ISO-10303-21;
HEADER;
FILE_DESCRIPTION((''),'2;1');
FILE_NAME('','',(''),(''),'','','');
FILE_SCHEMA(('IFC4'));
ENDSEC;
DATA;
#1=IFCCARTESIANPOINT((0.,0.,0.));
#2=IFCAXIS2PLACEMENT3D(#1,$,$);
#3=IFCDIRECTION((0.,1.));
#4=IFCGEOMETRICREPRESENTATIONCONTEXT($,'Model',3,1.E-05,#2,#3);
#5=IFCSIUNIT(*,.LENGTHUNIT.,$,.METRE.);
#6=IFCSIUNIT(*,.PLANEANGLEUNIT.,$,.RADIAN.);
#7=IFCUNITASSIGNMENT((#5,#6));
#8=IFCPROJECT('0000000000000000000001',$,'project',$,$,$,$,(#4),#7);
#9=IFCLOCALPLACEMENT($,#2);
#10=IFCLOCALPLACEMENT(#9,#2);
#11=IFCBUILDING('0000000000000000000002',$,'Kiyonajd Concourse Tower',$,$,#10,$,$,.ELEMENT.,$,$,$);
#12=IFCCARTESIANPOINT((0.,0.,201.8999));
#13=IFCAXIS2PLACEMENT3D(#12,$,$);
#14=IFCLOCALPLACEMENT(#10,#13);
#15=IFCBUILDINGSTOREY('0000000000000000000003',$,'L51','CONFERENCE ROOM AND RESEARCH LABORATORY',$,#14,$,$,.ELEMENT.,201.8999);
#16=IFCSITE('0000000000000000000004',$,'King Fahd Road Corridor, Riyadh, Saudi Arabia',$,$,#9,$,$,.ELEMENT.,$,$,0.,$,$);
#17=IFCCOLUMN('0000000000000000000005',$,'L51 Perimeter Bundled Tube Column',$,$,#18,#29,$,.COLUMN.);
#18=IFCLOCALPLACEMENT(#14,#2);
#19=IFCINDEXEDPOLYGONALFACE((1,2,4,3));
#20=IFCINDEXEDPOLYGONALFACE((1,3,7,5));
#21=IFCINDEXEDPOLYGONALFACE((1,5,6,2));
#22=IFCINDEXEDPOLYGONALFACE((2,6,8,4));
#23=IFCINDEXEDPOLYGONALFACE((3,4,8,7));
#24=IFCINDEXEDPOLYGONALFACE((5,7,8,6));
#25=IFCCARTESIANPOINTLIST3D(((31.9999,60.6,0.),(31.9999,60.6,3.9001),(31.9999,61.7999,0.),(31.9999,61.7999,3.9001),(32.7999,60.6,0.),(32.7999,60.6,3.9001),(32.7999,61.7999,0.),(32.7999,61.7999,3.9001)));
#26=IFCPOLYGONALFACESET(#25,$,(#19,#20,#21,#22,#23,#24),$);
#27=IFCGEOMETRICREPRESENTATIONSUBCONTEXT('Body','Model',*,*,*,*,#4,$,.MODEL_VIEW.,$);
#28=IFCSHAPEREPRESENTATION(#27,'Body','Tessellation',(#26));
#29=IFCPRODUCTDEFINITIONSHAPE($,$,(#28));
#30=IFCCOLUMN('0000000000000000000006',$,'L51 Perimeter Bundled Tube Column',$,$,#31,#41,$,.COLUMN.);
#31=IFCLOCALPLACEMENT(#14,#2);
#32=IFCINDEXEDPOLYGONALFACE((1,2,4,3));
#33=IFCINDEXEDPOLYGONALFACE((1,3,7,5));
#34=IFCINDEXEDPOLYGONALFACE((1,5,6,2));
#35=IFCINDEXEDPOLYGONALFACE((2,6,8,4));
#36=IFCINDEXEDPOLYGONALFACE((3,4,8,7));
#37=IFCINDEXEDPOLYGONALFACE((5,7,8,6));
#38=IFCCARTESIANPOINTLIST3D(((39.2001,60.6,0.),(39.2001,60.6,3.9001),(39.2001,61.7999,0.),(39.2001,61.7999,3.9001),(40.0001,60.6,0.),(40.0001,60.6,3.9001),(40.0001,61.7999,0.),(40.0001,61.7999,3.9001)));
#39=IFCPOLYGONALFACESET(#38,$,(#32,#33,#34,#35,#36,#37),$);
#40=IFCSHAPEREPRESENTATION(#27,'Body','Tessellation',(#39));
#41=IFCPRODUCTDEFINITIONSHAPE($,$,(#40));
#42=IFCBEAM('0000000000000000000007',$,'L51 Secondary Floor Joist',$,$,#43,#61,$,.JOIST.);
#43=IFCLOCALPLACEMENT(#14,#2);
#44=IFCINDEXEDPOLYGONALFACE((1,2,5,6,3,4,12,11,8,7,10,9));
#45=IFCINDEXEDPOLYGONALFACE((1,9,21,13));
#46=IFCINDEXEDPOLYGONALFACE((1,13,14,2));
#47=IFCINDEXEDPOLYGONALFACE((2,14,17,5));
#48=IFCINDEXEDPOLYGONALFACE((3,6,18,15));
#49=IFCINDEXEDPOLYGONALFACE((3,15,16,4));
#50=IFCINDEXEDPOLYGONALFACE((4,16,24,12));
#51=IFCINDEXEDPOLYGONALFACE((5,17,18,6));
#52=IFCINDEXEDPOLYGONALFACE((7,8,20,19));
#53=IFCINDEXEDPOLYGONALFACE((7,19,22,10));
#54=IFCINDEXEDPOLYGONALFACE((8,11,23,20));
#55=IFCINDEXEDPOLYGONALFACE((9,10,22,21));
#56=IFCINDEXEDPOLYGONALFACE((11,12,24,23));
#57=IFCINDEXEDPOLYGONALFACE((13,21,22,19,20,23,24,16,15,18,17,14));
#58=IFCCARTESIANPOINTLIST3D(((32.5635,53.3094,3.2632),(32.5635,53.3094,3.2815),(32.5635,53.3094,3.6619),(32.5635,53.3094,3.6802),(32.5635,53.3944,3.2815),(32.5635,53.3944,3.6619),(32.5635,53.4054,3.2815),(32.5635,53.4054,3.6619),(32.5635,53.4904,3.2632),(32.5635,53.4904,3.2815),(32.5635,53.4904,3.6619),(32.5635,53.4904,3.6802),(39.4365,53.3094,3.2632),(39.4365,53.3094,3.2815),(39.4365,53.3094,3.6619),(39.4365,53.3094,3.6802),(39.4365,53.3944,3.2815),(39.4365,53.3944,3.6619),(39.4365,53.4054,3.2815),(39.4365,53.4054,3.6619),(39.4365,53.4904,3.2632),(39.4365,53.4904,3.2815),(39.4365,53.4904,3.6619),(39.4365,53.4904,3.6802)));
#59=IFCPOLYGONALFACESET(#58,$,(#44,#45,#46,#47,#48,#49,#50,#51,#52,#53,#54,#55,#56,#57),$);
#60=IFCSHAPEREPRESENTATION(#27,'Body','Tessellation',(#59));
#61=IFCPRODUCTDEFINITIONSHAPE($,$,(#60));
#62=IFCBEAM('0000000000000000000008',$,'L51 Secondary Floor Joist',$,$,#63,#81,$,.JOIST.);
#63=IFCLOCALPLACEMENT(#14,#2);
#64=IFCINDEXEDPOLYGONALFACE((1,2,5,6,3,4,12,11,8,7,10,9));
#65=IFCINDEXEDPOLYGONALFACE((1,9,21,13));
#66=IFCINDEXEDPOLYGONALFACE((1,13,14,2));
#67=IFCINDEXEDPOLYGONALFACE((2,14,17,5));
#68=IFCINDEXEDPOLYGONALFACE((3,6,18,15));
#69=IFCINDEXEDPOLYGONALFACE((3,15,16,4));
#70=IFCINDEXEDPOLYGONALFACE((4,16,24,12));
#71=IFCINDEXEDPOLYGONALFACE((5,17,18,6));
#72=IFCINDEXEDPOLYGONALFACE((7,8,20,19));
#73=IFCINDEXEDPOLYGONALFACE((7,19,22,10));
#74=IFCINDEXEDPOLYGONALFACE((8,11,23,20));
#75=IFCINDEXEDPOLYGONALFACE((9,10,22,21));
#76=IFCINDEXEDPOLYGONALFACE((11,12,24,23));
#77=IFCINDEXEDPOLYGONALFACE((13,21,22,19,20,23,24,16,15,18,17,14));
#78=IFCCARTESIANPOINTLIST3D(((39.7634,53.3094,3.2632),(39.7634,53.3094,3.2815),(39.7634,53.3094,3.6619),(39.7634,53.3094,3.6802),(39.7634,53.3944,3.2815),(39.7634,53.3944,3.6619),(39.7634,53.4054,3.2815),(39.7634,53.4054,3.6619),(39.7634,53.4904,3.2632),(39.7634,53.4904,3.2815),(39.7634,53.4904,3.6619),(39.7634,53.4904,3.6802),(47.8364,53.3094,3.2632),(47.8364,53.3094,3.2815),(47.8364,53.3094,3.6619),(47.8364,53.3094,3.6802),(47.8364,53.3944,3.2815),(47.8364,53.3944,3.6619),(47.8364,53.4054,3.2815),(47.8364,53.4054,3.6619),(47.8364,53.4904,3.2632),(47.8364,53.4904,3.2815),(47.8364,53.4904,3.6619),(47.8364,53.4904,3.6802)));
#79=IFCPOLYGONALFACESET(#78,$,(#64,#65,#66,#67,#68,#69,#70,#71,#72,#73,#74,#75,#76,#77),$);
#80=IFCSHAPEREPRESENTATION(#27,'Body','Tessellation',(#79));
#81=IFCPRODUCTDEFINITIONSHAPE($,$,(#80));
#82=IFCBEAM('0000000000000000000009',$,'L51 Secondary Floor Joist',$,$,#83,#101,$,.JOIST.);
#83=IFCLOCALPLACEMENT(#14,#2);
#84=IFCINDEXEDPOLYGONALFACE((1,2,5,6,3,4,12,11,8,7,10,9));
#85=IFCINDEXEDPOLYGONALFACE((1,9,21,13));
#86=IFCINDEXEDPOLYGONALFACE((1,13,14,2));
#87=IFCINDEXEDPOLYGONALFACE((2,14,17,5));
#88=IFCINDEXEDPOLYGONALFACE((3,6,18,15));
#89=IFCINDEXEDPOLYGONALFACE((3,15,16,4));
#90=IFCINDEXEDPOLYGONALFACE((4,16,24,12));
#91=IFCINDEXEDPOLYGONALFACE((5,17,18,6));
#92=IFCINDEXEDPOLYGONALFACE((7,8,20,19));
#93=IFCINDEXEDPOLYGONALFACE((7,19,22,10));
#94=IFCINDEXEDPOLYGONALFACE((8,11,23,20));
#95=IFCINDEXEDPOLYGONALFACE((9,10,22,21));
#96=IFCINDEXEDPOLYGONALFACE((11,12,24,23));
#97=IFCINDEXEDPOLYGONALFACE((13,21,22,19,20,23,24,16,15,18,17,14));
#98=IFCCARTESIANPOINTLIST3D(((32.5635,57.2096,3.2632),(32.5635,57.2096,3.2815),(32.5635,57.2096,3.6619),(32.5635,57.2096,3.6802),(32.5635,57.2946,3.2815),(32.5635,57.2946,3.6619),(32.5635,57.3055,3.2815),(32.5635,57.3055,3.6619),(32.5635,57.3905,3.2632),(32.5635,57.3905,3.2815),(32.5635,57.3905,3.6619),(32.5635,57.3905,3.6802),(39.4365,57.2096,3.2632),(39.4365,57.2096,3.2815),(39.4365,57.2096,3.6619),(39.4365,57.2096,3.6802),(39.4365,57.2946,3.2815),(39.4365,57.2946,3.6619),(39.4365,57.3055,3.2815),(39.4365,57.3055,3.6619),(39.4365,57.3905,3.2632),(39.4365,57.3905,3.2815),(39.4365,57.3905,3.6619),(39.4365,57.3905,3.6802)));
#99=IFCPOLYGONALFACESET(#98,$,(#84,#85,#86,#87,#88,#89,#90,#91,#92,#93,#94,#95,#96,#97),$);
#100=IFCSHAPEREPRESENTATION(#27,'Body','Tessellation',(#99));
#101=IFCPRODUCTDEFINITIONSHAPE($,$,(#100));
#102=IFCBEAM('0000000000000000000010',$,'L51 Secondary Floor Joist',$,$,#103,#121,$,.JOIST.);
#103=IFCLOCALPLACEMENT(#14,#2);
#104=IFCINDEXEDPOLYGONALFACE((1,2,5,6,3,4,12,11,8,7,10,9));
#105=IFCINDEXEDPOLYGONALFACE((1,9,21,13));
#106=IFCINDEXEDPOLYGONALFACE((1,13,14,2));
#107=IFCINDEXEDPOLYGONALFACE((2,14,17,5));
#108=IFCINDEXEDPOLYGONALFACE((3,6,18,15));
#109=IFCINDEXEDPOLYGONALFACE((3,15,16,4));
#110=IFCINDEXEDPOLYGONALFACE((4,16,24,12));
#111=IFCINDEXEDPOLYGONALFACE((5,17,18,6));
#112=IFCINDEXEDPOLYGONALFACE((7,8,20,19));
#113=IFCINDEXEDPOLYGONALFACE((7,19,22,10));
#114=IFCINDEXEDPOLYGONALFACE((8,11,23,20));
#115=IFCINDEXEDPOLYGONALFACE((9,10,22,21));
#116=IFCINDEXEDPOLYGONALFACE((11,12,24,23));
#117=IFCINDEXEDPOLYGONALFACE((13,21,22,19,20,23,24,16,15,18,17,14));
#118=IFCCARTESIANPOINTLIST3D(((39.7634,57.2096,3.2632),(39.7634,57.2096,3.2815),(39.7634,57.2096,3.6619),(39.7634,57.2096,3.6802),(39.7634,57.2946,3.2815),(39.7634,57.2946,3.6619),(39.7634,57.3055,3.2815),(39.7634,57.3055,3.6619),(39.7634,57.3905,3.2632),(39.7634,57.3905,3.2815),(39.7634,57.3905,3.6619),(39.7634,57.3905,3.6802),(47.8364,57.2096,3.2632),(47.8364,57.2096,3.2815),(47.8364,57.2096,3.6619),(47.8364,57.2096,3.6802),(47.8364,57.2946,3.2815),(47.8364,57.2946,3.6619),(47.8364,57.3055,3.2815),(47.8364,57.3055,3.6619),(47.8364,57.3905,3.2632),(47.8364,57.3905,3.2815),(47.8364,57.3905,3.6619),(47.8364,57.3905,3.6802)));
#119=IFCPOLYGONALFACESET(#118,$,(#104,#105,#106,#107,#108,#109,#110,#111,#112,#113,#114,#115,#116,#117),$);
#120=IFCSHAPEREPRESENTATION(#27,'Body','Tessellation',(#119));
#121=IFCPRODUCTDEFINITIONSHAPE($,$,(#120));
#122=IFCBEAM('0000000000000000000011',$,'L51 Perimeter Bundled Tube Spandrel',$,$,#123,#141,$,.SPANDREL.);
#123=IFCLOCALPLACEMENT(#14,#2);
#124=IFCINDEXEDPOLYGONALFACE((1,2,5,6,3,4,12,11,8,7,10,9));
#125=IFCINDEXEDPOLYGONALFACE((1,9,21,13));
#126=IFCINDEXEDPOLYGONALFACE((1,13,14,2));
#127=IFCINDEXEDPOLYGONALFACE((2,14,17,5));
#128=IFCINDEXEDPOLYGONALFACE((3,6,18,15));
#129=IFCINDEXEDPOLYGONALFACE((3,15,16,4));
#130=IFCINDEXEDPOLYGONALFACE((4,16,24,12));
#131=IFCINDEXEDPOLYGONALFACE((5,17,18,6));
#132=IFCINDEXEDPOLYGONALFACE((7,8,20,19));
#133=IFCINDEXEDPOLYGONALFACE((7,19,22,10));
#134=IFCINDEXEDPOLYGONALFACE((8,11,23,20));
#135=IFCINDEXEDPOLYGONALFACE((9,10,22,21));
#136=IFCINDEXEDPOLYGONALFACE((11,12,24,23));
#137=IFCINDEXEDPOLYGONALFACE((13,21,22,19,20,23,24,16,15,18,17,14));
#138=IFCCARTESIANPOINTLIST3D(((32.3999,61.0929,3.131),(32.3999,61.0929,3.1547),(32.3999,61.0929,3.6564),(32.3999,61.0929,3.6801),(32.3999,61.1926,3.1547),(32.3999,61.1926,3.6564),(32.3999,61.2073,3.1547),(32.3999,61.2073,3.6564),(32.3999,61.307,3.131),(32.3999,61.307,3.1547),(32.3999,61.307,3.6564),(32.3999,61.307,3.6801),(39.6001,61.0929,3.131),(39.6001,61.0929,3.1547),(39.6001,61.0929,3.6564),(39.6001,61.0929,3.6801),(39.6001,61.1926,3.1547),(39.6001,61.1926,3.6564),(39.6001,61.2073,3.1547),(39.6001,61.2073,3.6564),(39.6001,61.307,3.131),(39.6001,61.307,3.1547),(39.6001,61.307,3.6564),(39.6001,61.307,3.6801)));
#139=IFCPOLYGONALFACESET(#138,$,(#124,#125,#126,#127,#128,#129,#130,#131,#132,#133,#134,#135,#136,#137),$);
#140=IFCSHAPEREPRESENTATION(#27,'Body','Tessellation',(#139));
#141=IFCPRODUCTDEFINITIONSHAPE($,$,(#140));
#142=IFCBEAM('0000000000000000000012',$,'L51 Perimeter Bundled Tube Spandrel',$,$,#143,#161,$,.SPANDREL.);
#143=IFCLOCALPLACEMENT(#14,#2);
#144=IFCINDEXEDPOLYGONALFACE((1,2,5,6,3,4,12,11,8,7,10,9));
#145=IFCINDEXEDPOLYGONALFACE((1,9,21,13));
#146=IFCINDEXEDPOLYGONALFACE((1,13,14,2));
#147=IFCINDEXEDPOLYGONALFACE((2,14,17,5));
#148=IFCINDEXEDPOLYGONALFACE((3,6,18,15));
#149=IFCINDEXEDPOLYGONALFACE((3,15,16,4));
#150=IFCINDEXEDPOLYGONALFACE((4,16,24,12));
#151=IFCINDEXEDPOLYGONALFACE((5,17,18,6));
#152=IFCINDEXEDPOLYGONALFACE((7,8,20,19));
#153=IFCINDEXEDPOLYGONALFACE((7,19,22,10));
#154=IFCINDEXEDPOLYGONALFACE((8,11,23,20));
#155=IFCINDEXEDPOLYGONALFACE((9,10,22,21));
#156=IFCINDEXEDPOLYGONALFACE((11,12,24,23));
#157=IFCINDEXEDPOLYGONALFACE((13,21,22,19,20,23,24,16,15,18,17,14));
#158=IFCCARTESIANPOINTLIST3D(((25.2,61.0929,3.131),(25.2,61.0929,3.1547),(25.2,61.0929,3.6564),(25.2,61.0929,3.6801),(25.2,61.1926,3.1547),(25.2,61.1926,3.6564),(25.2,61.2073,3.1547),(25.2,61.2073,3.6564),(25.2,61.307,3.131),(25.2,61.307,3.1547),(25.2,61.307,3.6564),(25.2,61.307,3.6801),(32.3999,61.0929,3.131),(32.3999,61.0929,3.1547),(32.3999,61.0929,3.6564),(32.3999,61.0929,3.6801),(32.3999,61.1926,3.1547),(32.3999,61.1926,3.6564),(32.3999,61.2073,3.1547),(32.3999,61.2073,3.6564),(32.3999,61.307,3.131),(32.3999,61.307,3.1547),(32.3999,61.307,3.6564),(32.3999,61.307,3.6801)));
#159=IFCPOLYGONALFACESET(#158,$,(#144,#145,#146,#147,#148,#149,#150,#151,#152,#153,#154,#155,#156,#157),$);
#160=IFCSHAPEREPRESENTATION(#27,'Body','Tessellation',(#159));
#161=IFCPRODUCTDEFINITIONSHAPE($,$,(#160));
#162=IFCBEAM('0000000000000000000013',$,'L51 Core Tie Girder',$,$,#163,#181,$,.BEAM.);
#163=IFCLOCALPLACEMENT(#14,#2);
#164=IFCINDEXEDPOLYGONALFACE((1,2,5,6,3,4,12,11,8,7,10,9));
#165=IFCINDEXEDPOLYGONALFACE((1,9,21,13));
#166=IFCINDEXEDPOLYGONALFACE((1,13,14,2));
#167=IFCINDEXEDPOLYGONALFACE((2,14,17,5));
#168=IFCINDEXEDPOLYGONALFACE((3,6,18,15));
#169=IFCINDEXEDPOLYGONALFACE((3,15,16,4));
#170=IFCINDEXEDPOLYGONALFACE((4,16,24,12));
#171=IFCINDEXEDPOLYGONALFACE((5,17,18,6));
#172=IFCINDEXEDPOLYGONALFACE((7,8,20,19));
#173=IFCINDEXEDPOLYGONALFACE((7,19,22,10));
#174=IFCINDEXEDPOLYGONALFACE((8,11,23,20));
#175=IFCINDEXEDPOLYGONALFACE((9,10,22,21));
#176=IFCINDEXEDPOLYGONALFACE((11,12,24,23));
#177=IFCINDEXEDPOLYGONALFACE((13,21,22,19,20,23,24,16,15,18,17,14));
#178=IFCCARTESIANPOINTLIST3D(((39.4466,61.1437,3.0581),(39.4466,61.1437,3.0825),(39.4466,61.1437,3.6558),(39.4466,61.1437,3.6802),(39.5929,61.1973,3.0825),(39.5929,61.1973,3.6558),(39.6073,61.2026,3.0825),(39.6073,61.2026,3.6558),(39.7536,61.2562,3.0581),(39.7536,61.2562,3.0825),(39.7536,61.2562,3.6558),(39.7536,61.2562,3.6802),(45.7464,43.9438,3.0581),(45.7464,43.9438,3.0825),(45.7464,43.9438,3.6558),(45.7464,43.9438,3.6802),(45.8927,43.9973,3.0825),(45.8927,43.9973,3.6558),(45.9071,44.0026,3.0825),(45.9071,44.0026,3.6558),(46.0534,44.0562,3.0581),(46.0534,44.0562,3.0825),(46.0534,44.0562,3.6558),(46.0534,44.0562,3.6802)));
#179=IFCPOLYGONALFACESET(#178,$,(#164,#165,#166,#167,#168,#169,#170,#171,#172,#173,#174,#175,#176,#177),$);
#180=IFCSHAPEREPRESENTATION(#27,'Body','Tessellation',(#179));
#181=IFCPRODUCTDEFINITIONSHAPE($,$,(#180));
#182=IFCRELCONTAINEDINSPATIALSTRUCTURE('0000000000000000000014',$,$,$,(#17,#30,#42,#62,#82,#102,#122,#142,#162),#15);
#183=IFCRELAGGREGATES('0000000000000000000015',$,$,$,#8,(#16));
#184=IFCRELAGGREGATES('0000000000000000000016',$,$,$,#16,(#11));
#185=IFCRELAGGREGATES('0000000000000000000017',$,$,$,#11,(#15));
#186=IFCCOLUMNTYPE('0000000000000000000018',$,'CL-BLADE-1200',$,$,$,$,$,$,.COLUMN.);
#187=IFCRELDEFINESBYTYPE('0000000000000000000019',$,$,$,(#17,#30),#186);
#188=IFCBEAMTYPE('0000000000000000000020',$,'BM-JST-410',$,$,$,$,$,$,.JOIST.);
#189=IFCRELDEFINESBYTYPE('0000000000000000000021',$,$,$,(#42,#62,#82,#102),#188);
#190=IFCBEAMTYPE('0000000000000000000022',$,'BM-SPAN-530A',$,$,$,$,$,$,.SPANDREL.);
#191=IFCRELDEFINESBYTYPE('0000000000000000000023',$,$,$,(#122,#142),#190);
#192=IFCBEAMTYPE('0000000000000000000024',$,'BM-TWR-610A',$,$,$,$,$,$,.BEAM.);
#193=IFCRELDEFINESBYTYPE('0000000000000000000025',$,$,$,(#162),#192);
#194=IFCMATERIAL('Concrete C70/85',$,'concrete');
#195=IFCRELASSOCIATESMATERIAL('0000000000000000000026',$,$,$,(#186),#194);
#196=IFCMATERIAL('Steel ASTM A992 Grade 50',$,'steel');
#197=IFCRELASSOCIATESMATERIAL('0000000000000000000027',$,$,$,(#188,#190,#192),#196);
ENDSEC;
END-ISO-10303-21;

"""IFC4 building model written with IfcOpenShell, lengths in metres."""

from ifc_helpers import new_model, si_unit, direction, frame, origin, origin_2d, place, context, subcontext, project, spatial, rectangle, i_section, extrude, material, material_profile, profile_set, type_object, element, save


model = new_model("IFC4")

# Units and contexts
model_context = context("Model", 3, precision=1e-05, world=origin(), true_north=direction((0.0, 1.0)))
body_context = subcontext(model_context, "Body", "Model", "MODEL_VIEW")
ifc_project = project(units=[si_unit("LENGTHUNIT", "METRE"), si_unit("PLANEANGLEUNIT", "RADIAN")], contexts=[model_context])

# Site, building, storey
site_placement = place(None, origin())
site = spatial("IfcSite", under=ifc_project, at=site_placement, Name="King Fahd Road Corridor, Riyadh, Saudi Arabia", CompositionType="ELEMENT", RefElevation=0.0)
building_placement = place(site_placement, origin())
building = spatial("IfcBuilding", under=site, at=building_placement, Name="Kiyonajd Concourse Tower", CompositionType="ELEMENT")
storey_placement = place(building_placement, frame((0.0, 0.0, 201.8999)))
storey = spatial("IfcBuildingStorey", under=building, at=storey_placement, Name="L51", Description="CONFERENCE ROOM AND RESEARCH LABORATORY", CompositionType="ELEMENT", Elevation=201.8999)

# Columns
ifc_material_1 = material(Name="Concrete C70/85", Category="concrete")
ifc_material_profile_1 = material_profile(ifc_material_1, rectangle(XDim=0.8, YDim=1.2, at=origin_2d()), Name="RC-1200x800")
ifc_profile_set_1 = profile_set([ifc_material_profile_1], Name="Concrete C70/85")
column_type = type_object("IfcColumnType", Name="CL-BLADE-1200", PredefinedType="COLUMN", material=ifc_profile_set_1)
for number, where, z_axis, x_axis, name in (
    (1, (32.3999, 61.2, 0.0), (0.0, 0.0, 1.0), (1.0, 0.0, 0.0), "L51 Perimeter Bundled Tube Column"),
    (2, (39.6001, 61.2, 0.0), (0.0, 0.0, 1.0), (1.0, 0.0, 0.0), "L51 Perimeter Bundled Tube Column"),
):
    element("IfcColumn", number, at=place(storey_placement, frame(where, z_axis=z_axis, x_axis=x_axis)), inside=storey, type_object=column_type, Name=name, PredefinedType="COLUMN", context=body_context, shape_type="SweptSolid", body=[
        extrude(rectangle(XDim=0.8, YDim=1.2, at=origin_2d()), origin(), (0.0, 0.0, 1.0), 3.9001),
    ])

# Beams
ifc_material_2 = material(Name="Steel ASTM A992 Grade 50", Category="steel")
ifc_material_profile_2 = material_profile(ifc_material_2, i_section(OverallWidth=0.1809, OverallDepth=0.417, WebThickness=0.011, FlangeThickness=0.0183, at=origin_2d()), Name="W410X85")
ifc_profile_set_2 = profile_set([ifc_material_profile_2], Name="Steel ASTM A992 Grade 50")
beam_type_1 = type_object("IfcBeamType", Name="BM-JST-410", PredefinedType="JOIST", material=ifc_profile_set_2)
beam_1_placement = place(storey_placement, frame((32.5635, 53.3999, 3.4717), z_axis=(1.0, 0.0, 0.0), x_axis=(0.0, 1.0, 0.0)))
element("IfcBeam", 3, at=beam_1_placement, inside=storey, type_object=beam_type_1, Name="L51 Secondary Floor Joist", PredefinedType="JOIST", context=body_context, shape_type="SweptSolid", body=[
    extrude(i_section(OverallWidth=0.1809, OverallDepth=0.417, WebThickness=0.011, FlangeThickness=0.0183, at=origin_2d()), origin(), (0.0, 0.0, 1.0), 6.873),
])
beam_2_placement = place(storey_placement, frame((39.7634, 53.3999, 3.4717), z_axis=(1.0, 0.0, 0.0), x_axis=(0.0, 1.0, 0.0)))
element("IfcBeam", 4, at=beam_2_placement, inside=storey, type_object=beam_type_1, Name="L51 Secondary Floor Joist", PredefinedType="JOIST", context=body_context, shape_type="SweptSolid", body=[
    extrude(i_section(OverallWidth=0.1809, OverallDepth=0.417, WebThickness=0.011, FlangeThickness=0.0183, at=origin_2d()), origin(), (0.0, 0.0, 1.0), 8.073),
])
beam_3_placement = place(storey_placement, frame((32.5635, 57.3, 3.4717), z_axis=(1.0, 0.0, 0.0), x_axis=(0.0, 1.0, 0.0)))
element("IfcBeam", 5, at=beam_3_placement, inside=storey, type_object=beam_type_1, Name="L51 Secondary Floor Joist", PredefinedType="JOIST", context=body_context, shape_type="SweptSolid", body=[
    extrude(i_section(OverallWidth=0.1809, OverallDepth=0.417, WebThickness=0.011, FlangeThickness=0.0183, at=origin_2d()), origin(), (0.0, 0.0, 1.0), 6.873),
])
beam_4_placement = place(storey_placement, frame((39.7634, 57.3, 3.4717), z_axis=(1.0, 0.0, 0.0), x_axis=(0.0, 1.0, 0.0)))
element("IfcBeam", 6, at=beam_4_placement, inside=storey, type_object=beam_type_1, Name="L51 Secondary Floor Joist", PredefinedType="JOIST", context=body_context, shape_type="SweptSolid", body=[
    extrude(i_section(OverallWidth=0.1809, OverallDepth=0.417, WebThickness=0.011, FlangeThickness=0.0183, at=origin_2d()), origin(), (0.0, 0.0, 1.0), 8.073),
])
ifc_material_profile_3 = material_profile(ifc_material_2, i_section(OverallWidth=0.2141, OverallDepth=0.5491, WebThickness=0.0146, FlangeThickness=0.0237, at=origin_2d()), Name="W530X138")
ifc_profile_set_3 = profile_set([ifc_material_profile_3], Name="Steel ASTM A992 Grade 50")
beam_type_2 = type_object("IfcBeamType", Name="BM-SPAN-530A", PredefinedType="SPANDREL", material=ifc_profile_set_3)
beam_5_placement = place(storey_placement, frame((39.6001, 61.2, 3.4055), z_axis=(-1.0, 0.0, 0.0), x_axis=(0.0, -1.0, 0.0)))
element("IfcBeam", 7, at=beam_5_placement, inside=storey, type_object=beam_type_2, Name="L51 Perimeter Bundled Tube Spandrel", PredefinedType="SPANDREL", context=body_context, shape_type="SweptSolid", body=[
    extrude(i_section(OverallWidth=0.2141, OverallDepth=0.5491, WebThickness=0.0146, FlangeThickness=0.0237, at=origin_2d()), origin(), (0.0, 0.0, 1.0), 7.2002),
])
beam_6_placement = place(storey_placement, frame((32.3999, 61.2, 3.4055), z_axis=(-1.0, 0.0, 0.0), x_axis=(0.0, -1.0, 0.0)))
element("IfcBeam", 8, at=beam_6_placement, inside=storey, type_object=beam_type_2, Name="L51 Perimeter Bundled Tube Spandrel", PredefinedType="SPANDREL", context=body_context, shape_type="SweptSolid", body=[
    extrude(i_section(OverallWidth=0.2141, OverallDepth=0.5491, WebThickness=0.0146, FlangeThickness=0.0237, at=origin_2d()), origin(), (0.0, 0.0, 1.0), 7.2),
])
ifc_material_profile_4 = material_profile(ifc_material_2, i_section(OverallWidth=0.3269, OverallDepth=0.6221, WebThickness=0.0154, FlangeThickness=0.0244, at=origin_2d()), Name="W610X195")
ifc_profile_set_4 = profile_set([ifc_material_profile_4], Name="Steel ASTM A992 Grade 50")
beam_type_3 = type_object("IfcBeamType", Name="BM-TWR-610A", PredefinedType="BEAM", material=ifc_profile_set_4)
beam_7_placement = place(storey_placement, frame((39.6001, 61.2, 3.3691), z_axis=(0.343925, -0.938997, 0.0), x_axis=(0.938997, 0.343925, 0.0)))
element("IfcBeam", 9, at=beam_7_placement, inside=storey, type_object=beam_type_3, Name="L51 Core Tie Girder", PredefinedType="BEAM", context=body_context, shape_type="SweptSolid", body=[
    extrude(i_section(OverallWidth=0.3269, OverallDepth=0.6221, WebThickness=0.0154, FlangeThickness=0.0244, at=origin_2d()), origin(), (0.0, 0.0, 1.0), 18.3174),
])

save(model, "model.ifc")
